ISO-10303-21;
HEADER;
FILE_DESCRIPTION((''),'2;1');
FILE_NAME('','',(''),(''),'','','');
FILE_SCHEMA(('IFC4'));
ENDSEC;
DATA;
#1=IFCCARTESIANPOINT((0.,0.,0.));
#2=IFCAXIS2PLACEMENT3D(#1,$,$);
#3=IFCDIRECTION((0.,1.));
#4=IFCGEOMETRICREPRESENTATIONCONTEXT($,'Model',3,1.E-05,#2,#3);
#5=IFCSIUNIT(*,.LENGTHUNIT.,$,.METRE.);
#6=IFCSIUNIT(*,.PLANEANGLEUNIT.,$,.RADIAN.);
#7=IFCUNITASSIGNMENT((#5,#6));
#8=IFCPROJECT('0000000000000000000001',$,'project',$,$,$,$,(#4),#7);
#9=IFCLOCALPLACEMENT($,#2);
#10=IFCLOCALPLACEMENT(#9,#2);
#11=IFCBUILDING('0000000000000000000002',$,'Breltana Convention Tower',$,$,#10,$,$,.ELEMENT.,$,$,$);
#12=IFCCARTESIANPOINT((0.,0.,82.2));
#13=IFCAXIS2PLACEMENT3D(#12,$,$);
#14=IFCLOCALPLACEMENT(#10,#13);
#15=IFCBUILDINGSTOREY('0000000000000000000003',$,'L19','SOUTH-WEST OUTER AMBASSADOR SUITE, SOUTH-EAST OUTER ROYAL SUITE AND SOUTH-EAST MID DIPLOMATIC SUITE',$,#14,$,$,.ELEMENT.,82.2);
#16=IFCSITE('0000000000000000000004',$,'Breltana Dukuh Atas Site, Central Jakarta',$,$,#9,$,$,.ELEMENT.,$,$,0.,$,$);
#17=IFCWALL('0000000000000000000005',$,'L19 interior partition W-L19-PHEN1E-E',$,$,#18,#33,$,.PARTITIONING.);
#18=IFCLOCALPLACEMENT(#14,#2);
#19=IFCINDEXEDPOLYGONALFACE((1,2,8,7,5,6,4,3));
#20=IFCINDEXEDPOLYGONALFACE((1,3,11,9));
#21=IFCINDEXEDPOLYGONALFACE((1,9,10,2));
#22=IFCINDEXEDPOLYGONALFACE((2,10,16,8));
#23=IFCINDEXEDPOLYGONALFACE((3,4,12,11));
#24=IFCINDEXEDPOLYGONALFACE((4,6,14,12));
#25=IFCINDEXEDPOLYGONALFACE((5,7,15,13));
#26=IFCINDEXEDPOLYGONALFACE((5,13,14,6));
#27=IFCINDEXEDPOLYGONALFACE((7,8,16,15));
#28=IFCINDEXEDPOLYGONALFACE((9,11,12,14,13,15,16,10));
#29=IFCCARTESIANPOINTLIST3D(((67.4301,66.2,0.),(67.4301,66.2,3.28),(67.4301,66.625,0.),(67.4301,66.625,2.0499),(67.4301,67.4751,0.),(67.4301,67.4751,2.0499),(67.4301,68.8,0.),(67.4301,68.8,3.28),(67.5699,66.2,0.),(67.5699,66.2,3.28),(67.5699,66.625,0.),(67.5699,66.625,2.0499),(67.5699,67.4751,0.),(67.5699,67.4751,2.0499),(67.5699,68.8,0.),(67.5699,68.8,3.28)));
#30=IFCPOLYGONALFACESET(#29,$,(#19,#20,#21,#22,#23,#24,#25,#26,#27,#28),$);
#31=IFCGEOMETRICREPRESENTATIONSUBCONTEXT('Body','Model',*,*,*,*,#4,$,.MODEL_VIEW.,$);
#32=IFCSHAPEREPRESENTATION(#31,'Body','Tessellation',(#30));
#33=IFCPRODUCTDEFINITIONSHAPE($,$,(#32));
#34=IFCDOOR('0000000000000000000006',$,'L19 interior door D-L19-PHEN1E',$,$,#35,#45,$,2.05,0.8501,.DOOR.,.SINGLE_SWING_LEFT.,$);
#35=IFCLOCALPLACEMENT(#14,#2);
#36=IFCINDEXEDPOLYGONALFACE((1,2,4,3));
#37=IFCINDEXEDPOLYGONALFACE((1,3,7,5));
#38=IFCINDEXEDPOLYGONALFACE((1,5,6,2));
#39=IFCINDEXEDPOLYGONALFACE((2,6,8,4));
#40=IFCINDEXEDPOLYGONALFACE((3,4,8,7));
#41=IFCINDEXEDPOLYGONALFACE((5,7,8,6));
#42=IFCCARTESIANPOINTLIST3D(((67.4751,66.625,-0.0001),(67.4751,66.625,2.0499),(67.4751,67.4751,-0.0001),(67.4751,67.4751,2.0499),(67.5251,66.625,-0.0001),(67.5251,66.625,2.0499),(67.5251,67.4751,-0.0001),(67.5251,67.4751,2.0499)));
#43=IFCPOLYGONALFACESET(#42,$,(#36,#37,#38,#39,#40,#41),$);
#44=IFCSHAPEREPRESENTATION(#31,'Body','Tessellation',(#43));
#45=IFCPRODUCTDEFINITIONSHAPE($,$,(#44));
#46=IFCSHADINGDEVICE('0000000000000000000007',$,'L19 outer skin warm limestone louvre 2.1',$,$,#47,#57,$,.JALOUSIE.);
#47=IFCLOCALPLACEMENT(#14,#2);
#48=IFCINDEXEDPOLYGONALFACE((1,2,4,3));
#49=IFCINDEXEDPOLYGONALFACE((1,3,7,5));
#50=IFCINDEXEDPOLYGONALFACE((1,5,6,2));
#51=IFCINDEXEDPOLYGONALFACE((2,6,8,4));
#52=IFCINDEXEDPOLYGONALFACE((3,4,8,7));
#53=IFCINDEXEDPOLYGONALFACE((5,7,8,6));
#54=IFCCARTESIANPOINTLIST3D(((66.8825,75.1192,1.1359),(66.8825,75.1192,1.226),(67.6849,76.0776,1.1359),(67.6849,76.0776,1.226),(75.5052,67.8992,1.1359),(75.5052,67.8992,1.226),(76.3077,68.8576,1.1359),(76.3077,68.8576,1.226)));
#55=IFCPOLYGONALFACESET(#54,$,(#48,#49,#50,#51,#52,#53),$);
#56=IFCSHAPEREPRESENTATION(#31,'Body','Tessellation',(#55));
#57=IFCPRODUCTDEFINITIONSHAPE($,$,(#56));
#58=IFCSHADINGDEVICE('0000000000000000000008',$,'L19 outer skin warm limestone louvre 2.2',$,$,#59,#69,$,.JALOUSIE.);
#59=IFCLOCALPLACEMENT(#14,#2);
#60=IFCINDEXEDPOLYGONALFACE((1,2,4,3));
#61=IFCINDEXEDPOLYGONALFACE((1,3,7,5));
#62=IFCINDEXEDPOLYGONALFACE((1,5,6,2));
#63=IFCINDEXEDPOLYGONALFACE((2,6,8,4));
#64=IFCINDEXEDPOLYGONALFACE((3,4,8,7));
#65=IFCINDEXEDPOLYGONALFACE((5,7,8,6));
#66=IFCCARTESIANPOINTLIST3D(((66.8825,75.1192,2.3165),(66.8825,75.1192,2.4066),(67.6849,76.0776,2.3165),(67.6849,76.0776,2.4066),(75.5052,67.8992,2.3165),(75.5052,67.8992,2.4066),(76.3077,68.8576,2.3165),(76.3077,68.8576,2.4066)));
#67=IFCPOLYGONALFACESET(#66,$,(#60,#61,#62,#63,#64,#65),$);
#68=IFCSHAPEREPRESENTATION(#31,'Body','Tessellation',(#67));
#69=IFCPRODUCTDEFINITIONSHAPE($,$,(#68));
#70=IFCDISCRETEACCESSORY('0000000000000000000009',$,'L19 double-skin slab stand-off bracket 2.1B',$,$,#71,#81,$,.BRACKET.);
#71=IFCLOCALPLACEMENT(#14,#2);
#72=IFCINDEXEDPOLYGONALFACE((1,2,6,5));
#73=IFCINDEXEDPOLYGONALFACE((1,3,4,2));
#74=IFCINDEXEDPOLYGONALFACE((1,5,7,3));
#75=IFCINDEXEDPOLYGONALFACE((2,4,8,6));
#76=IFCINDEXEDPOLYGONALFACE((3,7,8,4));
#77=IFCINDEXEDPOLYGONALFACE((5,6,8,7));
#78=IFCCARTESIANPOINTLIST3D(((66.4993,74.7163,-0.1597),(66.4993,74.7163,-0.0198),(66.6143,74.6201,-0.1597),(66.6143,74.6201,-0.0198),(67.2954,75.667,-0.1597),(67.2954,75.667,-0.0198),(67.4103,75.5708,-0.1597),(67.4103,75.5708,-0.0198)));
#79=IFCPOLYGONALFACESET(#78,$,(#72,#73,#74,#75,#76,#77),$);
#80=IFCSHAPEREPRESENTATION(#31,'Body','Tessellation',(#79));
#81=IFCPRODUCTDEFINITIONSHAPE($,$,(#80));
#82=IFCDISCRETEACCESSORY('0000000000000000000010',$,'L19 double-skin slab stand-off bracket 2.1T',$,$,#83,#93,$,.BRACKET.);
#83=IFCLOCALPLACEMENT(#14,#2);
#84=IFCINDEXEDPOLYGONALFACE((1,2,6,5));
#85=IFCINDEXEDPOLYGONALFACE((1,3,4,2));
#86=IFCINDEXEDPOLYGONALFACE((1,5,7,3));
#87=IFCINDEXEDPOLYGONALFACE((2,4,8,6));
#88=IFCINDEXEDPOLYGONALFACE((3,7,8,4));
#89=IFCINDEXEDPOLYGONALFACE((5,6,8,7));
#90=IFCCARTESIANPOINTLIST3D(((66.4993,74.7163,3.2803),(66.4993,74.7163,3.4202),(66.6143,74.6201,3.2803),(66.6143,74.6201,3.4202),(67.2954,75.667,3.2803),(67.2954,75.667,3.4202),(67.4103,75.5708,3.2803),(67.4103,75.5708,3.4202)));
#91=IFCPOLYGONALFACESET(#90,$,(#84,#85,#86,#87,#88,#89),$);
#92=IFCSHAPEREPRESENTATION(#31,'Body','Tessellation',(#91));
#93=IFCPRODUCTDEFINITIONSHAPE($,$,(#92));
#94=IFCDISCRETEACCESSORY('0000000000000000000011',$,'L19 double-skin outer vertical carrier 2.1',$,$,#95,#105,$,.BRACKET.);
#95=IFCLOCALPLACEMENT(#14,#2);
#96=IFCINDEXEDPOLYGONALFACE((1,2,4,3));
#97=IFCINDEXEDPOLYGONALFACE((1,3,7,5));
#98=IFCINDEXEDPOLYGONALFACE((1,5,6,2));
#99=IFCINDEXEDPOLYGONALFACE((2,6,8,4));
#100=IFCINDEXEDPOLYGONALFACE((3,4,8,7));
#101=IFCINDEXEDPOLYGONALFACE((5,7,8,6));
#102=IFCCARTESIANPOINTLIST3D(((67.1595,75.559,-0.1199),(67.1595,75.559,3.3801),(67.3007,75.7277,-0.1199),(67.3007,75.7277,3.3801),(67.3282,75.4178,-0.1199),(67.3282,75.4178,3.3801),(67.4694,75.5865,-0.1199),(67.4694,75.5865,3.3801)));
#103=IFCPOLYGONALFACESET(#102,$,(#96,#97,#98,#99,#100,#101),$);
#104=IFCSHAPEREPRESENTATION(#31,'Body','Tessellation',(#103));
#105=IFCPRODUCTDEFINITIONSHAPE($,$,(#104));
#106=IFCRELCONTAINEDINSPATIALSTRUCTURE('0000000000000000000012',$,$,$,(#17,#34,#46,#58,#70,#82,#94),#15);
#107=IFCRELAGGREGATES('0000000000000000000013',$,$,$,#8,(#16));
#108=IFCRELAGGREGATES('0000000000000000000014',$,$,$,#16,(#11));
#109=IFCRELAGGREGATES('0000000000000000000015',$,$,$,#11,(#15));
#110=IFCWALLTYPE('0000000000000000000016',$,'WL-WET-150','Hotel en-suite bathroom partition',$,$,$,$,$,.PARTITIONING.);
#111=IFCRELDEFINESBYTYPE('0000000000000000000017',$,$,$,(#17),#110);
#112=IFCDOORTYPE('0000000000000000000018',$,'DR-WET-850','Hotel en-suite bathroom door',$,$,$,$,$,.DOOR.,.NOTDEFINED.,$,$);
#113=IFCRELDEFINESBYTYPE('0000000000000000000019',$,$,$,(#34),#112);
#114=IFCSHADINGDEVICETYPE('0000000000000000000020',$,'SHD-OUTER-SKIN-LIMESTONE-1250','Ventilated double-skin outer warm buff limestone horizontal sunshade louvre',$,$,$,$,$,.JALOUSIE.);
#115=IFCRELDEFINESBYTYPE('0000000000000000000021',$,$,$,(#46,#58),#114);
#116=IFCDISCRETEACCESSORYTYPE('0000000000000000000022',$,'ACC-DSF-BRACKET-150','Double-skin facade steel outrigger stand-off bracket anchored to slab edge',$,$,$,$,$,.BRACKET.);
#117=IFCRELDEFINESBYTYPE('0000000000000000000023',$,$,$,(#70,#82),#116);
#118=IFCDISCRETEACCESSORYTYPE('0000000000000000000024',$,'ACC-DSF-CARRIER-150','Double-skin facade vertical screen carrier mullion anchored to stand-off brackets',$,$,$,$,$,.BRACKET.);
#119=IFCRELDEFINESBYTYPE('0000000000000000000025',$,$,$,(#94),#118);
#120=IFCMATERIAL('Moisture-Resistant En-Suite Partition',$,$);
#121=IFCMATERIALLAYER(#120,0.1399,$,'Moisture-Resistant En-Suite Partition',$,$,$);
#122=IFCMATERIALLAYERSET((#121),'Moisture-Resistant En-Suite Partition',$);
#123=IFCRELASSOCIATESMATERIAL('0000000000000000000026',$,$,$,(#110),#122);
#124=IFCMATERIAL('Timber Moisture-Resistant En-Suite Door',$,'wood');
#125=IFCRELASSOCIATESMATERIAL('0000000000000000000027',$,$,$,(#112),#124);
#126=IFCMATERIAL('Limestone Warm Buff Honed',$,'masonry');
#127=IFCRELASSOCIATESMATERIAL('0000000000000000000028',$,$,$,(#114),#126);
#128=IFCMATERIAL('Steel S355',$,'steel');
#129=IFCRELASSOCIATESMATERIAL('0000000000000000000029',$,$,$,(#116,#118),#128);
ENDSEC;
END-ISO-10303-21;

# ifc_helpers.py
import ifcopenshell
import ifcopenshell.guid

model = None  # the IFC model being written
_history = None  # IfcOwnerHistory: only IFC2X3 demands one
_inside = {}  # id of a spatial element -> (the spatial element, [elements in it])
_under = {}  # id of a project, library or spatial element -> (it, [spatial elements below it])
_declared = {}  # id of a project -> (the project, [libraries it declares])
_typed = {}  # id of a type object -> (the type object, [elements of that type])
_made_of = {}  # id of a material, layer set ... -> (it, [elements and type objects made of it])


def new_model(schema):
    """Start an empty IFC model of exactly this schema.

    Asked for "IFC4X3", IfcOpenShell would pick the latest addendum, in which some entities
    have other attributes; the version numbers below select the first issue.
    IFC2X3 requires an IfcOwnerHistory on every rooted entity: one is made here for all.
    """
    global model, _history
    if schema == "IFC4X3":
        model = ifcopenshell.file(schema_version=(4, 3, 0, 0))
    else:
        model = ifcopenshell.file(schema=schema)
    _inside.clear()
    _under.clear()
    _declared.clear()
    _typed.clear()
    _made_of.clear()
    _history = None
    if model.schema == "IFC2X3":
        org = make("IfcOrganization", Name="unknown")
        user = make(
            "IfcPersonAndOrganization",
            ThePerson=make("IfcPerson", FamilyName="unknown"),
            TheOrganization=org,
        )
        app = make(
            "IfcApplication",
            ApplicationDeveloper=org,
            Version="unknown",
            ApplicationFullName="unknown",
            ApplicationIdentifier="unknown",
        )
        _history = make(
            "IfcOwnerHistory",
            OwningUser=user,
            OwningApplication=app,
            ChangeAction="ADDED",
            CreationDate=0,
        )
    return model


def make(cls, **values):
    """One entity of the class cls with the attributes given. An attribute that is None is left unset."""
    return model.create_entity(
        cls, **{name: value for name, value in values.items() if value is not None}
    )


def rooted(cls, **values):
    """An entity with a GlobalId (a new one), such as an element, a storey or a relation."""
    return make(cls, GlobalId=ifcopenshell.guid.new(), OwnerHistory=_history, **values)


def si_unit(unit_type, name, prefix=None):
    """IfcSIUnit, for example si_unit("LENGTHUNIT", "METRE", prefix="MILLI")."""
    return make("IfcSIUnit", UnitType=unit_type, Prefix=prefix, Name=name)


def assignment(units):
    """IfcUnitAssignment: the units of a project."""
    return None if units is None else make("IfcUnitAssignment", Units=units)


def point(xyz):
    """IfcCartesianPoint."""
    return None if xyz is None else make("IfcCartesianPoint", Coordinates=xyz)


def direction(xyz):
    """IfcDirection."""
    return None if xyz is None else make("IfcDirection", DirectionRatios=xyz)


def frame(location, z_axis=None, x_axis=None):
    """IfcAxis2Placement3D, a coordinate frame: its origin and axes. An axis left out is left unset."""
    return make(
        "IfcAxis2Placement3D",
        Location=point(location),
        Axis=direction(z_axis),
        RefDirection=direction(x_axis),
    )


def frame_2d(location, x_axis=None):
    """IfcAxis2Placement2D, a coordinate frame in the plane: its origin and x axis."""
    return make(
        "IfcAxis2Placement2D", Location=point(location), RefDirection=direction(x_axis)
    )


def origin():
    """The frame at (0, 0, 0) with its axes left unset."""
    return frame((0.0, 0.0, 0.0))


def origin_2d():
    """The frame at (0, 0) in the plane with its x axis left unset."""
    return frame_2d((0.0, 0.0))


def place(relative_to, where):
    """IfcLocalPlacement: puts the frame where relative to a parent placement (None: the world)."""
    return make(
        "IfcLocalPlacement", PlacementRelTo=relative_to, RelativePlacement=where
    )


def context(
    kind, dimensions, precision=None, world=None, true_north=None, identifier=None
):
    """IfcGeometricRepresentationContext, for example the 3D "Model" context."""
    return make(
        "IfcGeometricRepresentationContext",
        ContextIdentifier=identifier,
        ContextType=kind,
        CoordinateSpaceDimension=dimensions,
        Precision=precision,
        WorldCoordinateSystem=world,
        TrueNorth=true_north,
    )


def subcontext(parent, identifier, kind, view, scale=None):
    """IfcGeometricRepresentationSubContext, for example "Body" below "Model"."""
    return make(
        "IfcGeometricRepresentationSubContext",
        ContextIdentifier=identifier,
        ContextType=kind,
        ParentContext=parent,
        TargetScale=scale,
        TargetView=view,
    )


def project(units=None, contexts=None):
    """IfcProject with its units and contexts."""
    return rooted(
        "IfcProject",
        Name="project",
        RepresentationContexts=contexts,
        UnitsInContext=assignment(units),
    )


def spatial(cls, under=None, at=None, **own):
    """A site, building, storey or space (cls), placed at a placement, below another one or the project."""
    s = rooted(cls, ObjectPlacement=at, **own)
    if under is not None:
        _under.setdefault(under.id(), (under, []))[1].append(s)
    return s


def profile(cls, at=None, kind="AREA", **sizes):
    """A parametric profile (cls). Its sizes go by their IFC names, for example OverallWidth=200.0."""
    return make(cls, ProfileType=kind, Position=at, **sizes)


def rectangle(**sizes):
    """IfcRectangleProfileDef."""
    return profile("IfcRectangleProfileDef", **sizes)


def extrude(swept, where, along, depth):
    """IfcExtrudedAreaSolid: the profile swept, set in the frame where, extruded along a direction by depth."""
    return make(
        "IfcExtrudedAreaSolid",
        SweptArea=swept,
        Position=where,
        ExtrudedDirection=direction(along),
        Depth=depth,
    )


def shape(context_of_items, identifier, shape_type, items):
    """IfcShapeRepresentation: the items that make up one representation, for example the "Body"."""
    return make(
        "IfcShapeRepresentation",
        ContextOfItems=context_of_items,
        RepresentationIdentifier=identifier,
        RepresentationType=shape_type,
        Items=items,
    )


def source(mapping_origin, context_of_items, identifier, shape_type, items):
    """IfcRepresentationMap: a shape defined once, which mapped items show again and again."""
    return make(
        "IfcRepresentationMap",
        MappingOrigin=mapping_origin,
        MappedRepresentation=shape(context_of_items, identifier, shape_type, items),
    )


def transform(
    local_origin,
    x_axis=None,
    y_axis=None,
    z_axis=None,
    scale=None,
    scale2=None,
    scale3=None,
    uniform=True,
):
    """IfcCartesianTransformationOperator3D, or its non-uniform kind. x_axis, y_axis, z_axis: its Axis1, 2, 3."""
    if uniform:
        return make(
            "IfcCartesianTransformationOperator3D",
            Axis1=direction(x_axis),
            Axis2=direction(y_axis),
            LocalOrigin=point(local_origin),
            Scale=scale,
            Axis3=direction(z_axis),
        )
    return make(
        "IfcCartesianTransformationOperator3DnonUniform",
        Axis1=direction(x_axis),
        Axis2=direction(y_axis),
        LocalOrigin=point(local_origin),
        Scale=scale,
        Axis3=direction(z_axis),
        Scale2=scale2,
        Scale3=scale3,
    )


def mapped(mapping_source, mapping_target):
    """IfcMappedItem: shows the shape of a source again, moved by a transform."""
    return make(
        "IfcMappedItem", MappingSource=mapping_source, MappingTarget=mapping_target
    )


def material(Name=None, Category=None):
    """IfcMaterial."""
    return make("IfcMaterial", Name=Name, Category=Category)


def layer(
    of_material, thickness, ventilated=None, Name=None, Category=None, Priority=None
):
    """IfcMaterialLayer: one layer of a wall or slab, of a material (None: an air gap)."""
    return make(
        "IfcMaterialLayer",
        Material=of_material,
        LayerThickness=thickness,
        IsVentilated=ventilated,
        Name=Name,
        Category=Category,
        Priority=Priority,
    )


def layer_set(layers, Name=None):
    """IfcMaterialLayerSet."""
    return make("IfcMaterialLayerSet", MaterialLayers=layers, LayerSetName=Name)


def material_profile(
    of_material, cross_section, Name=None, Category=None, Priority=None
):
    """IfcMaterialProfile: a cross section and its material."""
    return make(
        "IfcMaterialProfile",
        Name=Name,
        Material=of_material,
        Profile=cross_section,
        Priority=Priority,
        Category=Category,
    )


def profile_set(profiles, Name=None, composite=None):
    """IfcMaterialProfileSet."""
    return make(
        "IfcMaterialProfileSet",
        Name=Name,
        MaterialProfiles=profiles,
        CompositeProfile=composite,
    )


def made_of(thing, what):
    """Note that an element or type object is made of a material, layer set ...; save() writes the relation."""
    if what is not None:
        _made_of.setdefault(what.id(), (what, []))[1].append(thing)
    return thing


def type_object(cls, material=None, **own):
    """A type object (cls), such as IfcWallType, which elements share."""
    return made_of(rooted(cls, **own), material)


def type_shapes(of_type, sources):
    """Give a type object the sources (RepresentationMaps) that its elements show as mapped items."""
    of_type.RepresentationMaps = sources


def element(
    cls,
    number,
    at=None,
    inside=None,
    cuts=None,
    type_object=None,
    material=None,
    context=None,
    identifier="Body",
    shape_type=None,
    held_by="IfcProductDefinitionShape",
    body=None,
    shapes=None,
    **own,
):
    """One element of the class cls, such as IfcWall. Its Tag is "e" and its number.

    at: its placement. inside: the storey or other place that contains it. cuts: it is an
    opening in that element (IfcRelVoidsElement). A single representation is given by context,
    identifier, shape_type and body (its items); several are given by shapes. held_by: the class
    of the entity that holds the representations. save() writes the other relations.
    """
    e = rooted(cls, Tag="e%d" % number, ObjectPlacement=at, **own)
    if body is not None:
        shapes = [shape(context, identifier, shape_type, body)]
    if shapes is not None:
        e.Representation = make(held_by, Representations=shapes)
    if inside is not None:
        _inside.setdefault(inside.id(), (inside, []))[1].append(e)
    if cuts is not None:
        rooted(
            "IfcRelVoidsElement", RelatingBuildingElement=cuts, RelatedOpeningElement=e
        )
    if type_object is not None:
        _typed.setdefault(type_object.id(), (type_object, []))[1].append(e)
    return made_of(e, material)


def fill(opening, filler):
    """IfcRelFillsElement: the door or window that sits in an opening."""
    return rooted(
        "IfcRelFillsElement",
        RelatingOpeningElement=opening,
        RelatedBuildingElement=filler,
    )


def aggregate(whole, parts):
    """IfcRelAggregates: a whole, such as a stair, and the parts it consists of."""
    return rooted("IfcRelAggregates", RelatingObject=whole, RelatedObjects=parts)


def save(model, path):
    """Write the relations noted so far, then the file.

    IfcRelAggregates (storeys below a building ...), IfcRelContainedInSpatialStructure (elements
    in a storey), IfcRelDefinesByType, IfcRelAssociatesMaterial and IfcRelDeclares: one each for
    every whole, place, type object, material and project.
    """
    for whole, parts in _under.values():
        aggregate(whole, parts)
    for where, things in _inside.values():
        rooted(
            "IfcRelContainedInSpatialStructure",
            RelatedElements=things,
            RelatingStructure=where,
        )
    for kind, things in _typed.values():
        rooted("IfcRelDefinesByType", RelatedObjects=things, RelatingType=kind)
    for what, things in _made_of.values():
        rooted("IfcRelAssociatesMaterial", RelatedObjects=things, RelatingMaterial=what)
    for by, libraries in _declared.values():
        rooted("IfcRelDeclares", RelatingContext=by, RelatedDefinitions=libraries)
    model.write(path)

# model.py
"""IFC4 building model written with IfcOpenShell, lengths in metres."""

from ifc_helpers import new_model, si_unit, direction, frame, frame_2d, origin, origin_2d, place, context, subcontext, project, spatial, rectangle, extrude, source, transform, mapped, material, layer, layer_set, material_profile, profile_set, type_object, type_shapes, element, fill, save


model = new_model("IFC4")

# Units and contexts
model_context = context("Model", 3, precision=1e-05, world=origin(), true_north=direction((0.0, 1.0)))
body_context = subcontext(model_context, "Body", "Model", "MODEL_VIEW")
ifc_project = project(units=[si_unit("LENGTHUNIT", "METRE"), si_unit("PLANEANGLEUNIT", "RADIAN")], contexts=[model_context])

# Site, building, storey
site_placement = place(None, origin())
site = spatial("IfcSite", under=ifc_project, at=site_placement, Name="Breltana Dukuh Atas Site, Central Jakarta", CompositionType="ELEMENT", RefElevation=0.0)
building_placement = place(site_placement, origin())
building = spatial("IfcBuilding", under=site, at=building_placement, Name="Breltana Convention Tower", CompositionType="ELEMENT")
storey_placement = place(building_placement, frame((0.0, 0.0, 82.2)))
storey = spatial("IfcBuildingStorey", under=building, at=storey_placement, Name="L19", Description="SOUTH-WEST OUTER AMBASSADOR SUITE, SOUTH-EAST OUTER ROYAL SUITE AND SOUTH-EAST MID DIPLOMATIC SUITE", CompositionType="ELEMENT", Elevation=82.2)

# Shared definitions
ifc_material_1 = material(Name="Moisture-Resistant En-Suite Partition")
ifc_layer_1 = layer(ifc_material_1, 0.1399, Name="Moisture-Resistant En-Suite Partition")
ifc_layer_set_1 = layer_set([ifc_layer_1], Name="Moisture-Resistant En-Suite Partition")
wall_type_1 = type_object("IfcWallType", Name="WL-WET-150", Description="Hotel en-suite bathroom partition", PredefinedType="PARTITIONING", material=ifc_layer_set_1)
shared_shape_1 = source(origin(), body_context, "Body", "SweptSolid", [
    extrude(rectangle(XDim=2.6001, YDim=0.1399, at=frame_2d((1.3, 0.0))), origin(), (0.0, 0.0, 1.0), 3.28),
])

# Wall, opening, door
wall_1_placement = place(storey_placement, frame((67.5, 66.2, 0.0), z_axis=(0.0, 0.0, 1.0), x_axis=(0.0, 1.0, 0.0)))
wall_1 = element("IfcWall", 1, at=wall_1_placement, inside=storey, type_object=wall_type_1, Name="L19 interior partition W-L19-PHEN1E-E", PredefinedType="PARTITIONING", context=body_context, shape_type="MappedRepresentation", body=[
    mapped(shared_shape_1, transform((0.0, 0.0, 0.0), scale=1.0)),
])
opening_1_placement = place(wall_1_placement, frame((0.425, 0.0, 0.0)))
opening_1 = element("IfcOpeningElement", 2, at=opening_1_placement, cuts=wall_1, PredefinedType="OPENING", context=body_context, shape_type="SweptSolid", body=[
    extrude(rectangle(XDim=0.8501, YDim=2.05, at=frame_2d((0.425, 1.0249))), frame((0.0, 0.0801, 0.0), z_axis=(0.0, -1.0, 0.0), x_axis=(1.0, 0.0, 0.0)), (0.0, 0.0, 1.0), 0.1599),
])
ifc_material_2 = material(Name="Timber Moisture-Resistant En-Suite Door", Category="wood")
door_type_1 = type_object("IfcDoorType", Name="DR-WET-850", Description="Hotel en-suite bathroom door", OperationType="NOTDEFINED", PredefinedType="DOOR", material=ifc_material_2)
shared_shape_2 = source(origin(), body_context, "Body", "SweptSolid", [
    extrude(rectangle(XDim=0.8501, YDim=2.05, at=frame_2d((0.425, 1.0249))), frame((0.0, 0.0249, 0.0), z_axis=(0.0, -1.0, 0.0), x_axis=(1.0, 0.0, 0.0)), (0.0, 0.0, 1.0), 0.05),
])
type_shapes(door_type_1, [shared_shape_2])
door_1_placement = place(opening_1_placement, origin())
door_1 = element("IfcDoor", 3, at=door_1_placement, inside=storey, type_object=door_type_1, Name="L19 interior door D-L19-PHEN1E", OperationType="SINGLE_SWING_LEFT", OverallHeight=2.05, OverallWidth=0.8501, PredefinedType="DOOR", context=body_context, shape_type="MappedRepresentation", body=[
    mapped(shared_shape_2, transform((0.0, 0.0, 0.0), scale=1.0)),
])
fill(opening_1, door_1)

# Shading devices
ifc_material_3 = material(Name="Limestone Warm Buff Honed", Category="masonry")
ifc_material_profile_1 = material_profile(ifc_material_3, rectangle(XDim=1.25, YDim=0.0901, at=origin_2d()), Name="STN-LVR-1250X90")
ifc_profile_set_1 = profile_set([ifc_material_profile_1], Name="Limestone Warm Buff Honed")
shading_device_type = type_object("IfcShadingDeviceType", Name="SHD-OUTER-SKIN-LIMESTONE-1250", Description="Ventilated double-skin outer warm buff limestone horizontal sunshade louvre", PredefinedType="JALOUSIE", material=ifc_profile_set_1)
shared_shape_3 = source(origin(), body_context, "Body", "SweptSolid", [
    extrude(rectangle(XDim=1.25, YDim=0.0901, at=origin_2d()), origin(), (0.0, 0.0, 1.0), 11.2463),
])
for number, where, z_axis, x_axis, name in (
    (4, (67.2837, 75.5984, 1.1809), (0.766719, -0.641983, 0.0), (0.641983, 0.766719, 0.0), "L19 outer skin warm limestone louvre 2.1"),
    (5, (67.2837, 75.5984, 2.3616), (0.766719, -0.641983, 0.0), (0.641983, 0.766719, 0.0), "L19 outer skin warm limestone louvre 2.2"),
):
    element("IfcShadingDevice", number, at=place(storey_placement, frame(where, z_axis=z_axis, x_axis=x_axis)), inside=storey, type_object=shading_device_type, Name=name, PredefinedType="JALOUSIE", context=body_context, shape_type="MappedRepresentation", body=[
        mapped(shared_shape_3, transform((0.0, 0.0, 0.0), scale=1.0)),
    ])

# Discrete accessories
ifc_material_4 = material(Name="Steel S355", Category="steel")
discrete_accessory_type_1 = type_object("IfcDiscreteAccessoryType", Name="ACC-DSF-BRACKET-150", Description="Double-skin facade steel outrigger stand-off bracket anchored to slab edge", PredefinedType="BRACKET", material=ifc_material_4)
shared_shape_4 = source(origin(), body_context, "Body", "SweptSolid", [
    extrude(rectangle(XDim=1.24, YDim=0.1499, at=origin_2d()), origin(), (0.0, 0.0, 1.0), 0.1399),
])
type_shapes(discrete_accessory_type_1, [shared_shape_4])
for number, where, z_axis, x_axis, name in (
    (6, (66.9548, 75.1436, -0.1597), (0.0, 0.0, 1.0), (0.64199, 0.766713, 0.0), "L19 double-skin slab stand-off bracket 2.1B"),
    (7, (66.9548, 75.1436, 3.2803), (0.0, 0.0, 1.0), (0.64199, 0.766713, 0.0), "L19 double-skin slab stand-off bracket 2.1T"),
):
    element("IfcDiscreteAccessory", number, at=place(storey_placement, frame(where, z_axis=z_axis, x_axis=x_axis)), inside=storey, type_object=discrete_accessory_type_1, Name=name, PredefinedType="BRACKET", context=body_context, shape_type="MappedRepresentation", body=[
        mapped(shared_shape_4, transform((0.0, 0.0, 0.0), scale=1.0)),
    ])
discrete_accessory_type_2 = type_object("IfcDiscreteAccessoryType", Name="ACC-DSF-CARRIER-150", Description="Double-skin facade vertical screen carrier mullion anchored to stand-off brackets", PredefinedType="BRACKET", material=ifc_material_4)
shared_shape_5 = source(origin(), body_context, "Body", "SweptSolid", [
    extrude(rectangle(XDim=0.22, YDim=0.22, at=origin_2d()), origin(), (0.0, 0.0, 1.0), 3.5),
])
discrete_accessory_placement = place(storey_placement, frame((67.3145, 75.5728, -0.1199), z_axis=(0.0, 0.0, 1.0), x_axis=(0.64199, 0.766713, 0.0)))
element("IfcDiscreteAccessory", 8, at=discrete_accessory_placement, inside=storey, type_object=discrete_accessory_type_2, Name="L19 double-skin outer vertical carrier 2.1", PredefinedType="BRACKET", context=body_context, shape_type="MappedRepresentation", body=[
    mapped(shared_shape_5, transform((0.0, 0.0, 0.0), scale=1.0)),
])

save(model, "model.ifc")
